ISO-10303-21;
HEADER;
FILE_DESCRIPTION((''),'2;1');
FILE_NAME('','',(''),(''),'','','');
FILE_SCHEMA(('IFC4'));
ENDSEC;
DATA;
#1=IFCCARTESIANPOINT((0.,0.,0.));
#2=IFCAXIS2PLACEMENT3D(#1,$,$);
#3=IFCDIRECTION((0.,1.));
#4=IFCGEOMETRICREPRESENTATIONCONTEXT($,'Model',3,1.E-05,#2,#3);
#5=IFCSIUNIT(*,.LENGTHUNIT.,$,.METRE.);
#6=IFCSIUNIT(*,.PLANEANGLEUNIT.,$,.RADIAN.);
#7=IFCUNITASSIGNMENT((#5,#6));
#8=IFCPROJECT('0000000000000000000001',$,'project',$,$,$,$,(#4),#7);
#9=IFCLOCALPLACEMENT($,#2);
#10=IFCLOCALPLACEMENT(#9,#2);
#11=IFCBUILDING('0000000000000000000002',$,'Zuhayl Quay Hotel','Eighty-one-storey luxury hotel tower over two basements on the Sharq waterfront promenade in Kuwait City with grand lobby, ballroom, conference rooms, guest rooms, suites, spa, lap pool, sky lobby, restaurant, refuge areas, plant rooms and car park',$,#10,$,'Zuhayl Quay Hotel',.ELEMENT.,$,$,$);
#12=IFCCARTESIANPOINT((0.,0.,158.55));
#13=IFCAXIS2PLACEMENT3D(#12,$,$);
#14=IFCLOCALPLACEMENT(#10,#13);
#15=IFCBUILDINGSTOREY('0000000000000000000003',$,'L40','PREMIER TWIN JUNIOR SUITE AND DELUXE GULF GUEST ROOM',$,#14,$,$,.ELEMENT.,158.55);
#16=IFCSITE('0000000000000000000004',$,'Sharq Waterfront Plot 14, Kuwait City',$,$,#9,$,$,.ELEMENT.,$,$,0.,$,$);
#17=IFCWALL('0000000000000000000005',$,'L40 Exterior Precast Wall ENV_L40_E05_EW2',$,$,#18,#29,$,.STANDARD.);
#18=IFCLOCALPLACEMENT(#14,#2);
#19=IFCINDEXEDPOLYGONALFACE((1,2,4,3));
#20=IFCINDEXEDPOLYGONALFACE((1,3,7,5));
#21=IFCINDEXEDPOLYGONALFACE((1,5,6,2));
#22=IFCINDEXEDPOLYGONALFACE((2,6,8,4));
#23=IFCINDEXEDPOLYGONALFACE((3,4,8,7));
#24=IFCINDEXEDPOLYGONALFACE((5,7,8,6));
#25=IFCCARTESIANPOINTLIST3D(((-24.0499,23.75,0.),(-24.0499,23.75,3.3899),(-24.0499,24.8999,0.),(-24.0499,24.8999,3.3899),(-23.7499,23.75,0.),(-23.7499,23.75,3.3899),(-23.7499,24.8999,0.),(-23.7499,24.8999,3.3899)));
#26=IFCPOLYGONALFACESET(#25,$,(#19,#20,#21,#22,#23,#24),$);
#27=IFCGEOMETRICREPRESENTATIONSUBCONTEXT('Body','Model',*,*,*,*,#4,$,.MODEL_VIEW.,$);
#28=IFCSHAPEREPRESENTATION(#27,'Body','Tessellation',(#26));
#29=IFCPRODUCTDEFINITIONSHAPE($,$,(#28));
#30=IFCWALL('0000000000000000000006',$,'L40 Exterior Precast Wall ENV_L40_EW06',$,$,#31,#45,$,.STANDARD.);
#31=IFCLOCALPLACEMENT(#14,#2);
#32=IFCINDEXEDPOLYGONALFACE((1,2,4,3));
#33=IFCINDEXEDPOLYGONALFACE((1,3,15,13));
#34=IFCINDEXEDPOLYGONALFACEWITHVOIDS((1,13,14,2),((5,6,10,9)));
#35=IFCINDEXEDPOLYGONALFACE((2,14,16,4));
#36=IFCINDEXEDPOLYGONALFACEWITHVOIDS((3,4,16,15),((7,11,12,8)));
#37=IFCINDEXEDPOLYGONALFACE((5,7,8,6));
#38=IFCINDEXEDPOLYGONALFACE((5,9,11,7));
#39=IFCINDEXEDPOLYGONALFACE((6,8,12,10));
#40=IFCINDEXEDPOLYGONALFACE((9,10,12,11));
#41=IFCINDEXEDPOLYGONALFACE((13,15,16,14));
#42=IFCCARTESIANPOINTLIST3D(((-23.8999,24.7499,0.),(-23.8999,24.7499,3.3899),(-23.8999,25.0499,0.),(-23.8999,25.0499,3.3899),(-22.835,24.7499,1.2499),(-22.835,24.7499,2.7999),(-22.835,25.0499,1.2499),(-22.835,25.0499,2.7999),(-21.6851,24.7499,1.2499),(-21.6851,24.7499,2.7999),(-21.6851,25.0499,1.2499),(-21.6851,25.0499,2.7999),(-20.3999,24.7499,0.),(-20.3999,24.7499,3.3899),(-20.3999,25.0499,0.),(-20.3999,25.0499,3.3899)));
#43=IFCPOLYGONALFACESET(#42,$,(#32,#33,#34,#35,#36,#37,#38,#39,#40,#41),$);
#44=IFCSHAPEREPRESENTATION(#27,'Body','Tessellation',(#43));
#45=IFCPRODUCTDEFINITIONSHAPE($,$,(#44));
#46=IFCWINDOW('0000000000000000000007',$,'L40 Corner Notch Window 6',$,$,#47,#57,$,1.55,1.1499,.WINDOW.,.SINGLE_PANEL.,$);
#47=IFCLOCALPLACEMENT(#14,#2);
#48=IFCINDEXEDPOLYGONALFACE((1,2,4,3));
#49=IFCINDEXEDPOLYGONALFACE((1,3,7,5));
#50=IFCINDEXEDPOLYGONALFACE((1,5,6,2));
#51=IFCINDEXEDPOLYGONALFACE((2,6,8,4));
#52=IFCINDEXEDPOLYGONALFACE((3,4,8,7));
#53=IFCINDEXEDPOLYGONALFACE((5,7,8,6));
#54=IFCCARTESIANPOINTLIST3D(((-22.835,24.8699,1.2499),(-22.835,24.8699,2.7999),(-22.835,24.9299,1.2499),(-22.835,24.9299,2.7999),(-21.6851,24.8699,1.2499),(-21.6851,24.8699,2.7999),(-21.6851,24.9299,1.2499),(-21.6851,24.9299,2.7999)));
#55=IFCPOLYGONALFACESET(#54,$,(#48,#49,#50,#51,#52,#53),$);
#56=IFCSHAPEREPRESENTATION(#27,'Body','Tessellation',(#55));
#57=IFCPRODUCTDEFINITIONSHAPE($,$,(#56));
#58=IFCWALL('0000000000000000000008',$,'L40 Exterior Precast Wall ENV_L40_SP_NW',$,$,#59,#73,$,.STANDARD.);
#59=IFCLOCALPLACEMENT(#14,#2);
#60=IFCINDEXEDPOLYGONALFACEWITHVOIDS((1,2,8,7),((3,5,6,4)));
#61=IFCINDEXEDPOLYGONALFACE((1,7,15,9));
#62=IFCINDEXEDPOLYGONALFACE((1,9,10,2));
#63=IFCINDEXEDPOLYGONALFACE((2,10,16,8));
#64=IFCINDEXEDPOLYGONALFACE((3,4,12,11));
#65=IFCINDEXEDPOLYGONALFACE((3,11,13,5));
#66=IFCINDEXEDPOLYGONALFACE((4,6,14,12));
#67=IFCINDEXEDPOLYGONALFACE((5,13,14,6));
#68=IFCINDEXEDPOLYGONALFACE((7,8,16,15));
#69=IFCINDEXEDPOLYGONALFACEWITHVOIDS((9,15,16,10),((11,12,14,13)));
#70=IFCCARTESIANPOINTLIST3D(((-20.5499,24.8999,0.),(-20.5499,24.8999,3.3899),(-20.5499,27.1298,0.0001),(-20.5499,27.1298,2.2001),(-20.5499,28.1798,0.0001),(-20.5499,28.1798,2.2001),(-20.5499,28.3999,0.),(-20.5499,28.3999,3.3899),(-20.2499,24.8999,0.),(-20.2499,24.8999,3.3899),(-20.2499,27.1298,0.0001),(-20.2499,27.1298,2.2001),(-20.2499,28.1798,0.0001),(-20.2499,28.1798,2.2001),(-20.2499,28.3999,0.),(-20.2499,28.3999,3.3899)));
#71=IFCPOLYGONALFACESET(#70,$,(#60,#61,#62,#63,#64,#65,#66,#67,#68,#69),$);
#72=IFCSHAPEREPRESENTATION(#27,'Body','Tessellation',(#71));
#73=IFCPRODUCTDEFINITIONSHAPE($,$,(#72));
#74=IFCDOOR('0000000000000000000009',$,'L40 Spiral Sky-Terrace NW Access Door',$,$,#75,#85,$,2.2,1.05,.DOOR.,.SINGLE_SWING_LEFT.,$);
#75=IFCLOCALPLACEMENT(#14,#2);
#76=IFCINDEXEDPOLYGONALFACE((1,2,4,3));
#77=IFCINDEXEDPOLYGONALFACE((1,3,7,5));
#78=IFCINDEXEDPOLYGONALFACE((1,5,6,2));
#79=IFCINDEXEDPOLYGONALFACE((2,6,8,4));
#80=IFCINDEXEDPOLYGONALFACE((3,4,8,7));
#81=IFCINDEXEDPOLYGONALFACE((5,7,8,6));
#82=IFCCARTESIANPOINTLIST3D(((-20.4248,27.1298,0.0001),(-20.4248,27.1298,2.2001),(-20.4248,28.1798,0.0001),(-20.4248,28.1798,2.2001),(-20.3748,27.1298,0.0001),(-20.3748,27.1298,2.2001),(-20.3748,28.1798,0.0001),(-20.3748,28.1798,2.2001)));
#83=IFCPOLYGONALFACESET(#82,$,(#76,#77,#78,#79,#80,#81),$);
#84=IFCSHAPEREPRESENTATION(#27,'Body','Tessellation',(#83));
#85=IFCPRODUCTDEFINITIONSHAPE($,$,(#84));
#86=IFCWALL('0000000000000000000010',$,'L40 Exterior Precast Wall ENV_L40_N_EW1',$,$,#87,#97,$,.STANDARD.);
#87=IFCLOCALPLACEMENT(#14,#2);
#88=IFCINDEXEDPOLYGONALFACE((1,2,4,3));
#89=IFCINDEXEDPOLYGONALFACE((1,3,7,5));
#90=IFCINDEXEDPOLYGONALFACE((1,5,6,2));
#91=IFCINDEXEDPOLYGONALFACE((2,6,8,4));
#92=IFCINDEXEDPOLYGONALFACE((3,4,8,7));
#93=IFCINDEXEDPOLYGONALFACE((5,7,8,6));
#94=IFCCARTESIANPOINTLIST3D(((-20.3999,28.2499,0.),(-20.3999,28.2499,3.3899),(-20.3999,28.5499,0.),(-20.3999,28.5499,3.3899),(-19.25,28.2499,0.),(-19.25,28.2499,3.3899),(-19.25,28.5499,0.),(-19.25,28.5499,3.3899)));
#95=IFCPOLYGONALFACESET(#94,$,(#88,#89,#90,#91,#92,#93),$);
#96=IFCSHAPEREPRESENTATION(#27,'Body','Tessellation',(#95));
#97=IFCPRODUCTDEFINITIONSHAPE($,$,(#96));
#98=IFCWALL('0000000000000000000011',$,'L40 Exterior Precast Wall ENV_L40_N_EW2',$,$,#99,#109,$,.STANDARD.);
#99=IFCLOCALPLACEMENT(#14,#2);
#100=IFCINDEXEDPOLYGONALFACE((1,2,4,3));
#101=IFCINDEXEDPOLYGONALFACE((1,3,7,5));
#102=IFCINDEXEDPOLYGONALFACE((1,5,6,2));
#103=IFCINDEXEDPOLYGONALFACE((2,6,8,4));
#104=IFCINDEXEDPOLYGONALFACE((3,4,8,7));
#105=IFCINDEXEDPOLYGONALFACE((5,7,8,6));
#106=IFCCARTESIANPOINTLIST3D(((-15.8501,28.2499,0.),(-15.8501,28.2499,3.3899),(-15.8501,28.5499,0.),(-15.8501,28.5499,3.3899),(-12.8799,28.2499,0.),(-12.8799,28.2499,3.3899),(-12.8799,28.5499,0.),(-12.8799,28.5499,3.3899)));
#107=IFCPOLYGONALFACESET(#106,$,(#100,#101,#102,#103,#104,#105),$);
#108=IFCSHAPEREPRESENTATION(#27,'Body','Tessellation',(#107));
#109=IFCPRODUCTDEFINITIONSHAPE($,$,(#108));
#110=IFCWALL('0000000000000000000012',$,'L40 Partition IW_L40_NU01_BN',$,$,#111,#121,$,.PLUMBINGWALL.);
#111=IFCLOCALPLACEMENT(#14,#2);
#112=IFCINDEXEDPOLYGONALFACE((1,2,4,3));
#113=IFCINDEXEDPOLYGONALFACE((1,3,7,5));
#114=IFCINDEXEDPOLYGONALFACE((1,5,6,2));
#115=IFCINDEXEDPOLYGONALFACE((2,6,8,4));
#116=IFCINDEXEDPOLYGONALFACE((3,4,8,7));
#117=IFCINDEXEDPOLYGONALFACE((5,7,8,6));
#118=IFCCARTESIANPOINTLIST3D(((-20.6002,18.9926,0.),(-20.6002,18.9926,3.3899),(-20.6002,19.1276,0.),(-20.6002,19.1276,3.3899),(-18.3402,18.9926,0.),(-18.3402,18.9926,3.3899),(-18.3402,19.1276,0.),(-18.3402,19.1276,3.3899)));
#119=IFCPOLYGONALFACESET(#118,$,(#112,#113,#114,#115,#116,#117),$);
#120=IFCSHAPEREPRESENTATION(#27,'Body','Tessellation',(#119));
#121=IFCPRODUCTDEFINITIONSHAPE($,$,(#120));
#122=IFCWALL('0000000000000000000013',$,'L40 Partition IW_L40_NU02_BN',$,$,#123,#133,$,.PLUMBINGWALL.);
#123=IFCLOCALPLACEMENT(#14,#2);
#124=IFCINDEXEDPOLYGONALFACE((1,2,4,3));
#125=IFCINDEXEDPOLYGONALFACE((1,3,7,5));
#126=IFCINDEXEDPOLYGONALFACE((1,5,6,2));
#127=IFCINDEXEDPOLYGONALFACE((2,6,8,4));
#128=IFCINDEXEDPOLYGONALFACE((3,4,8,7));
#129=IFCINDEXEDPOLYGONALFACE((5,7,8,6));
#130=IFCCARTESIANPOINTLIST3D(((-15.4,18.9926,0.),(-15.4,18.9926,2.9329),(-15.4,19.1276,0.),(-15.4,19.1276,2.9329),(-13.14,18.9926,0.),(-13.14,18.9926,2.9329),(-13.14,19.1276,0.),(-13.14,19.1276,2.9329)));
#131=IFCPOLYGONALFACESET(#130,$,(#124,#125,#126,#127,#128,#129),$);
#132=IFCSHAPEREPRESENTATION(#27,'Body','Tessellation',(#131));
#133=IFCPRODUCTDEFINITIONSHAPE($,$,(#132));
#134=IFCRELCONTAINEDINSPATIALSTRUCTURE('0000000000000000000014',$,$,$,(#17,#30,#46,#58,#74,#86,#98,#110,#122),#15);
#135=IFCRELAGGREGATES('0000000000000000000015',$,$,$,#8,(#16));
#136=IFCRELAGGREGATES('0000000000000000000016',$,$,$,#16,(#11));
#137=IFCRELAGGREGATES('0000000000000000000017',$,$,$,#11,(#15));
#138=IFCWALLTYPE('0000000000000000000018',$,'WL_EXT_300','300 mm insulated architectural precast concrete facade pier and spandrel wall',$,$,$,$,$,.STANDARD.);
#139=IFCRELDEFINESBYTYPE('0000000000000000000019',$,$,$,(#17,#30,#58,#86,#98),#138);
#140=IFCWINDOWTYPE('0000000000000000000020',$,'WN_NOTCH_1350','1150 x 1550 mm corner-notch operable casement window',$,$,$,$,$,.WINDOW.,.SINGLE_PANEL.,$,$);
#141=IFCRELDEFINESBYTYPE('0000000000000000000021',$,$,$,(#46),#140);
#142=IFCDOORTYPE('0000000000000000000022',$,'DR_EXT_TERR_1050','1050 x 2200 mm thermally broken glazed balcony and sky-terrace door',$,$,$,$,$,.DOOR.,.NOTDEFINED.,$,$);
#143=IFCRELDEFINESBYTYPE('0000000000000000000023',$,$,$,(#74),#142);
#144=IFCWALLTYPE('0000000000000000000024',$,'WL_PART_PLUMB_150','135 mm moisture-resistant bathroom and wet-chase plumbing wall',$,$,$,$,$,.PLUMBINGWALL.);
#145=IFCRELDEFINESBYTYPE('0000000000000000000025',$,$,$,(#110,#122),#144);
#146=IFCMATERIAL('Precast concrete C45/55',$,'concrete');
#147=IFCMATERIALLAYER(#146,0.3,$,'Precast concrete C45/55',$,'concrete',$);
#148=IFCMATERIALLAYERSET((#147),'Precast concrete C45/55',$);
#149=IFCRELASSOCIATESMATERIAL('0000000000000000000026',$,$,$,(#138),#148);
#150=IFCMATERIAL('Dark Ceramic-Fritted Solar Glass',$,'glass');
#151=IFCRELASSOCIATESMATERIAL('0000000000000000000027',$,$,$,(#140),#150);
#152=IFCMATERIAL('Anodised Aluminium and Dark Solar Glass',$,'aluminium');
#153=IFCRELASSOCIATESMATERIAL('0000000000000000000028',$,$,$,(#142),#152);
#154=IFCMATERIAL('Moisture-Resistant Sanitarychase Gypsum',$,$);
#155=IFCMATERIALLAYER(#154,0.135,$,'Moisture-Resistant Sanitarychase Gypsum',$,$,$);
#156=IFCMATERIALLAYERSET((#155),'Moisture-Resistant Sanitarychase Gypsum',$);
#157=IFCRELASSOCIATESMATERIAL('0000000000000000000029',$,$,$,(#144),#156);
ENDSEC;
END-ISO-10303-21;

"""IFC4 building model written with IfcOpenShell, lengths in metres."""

from ifc_helpers import new_model, si_unit, direction, frame, frame_2d, origin, place, context, subcontext, project, spatial, rectangle, extrude, material, layer, layer_set, type_object, element, fill, save


model = new_model("IFC4")

# Units and contexts
model_context = context("Model", 3, precision=1e-05, world=origin(), true_north=direction((0.0, 1.0)))
body_context = subcontext(model_context, "Body", "Model", "MODEL_VIEW")
ifc_project = project(units=[si_unit("LENGTHUNIT", "METRE"), si_unit("PLANEANGLEUNIT", "RADIAN")], contexts=[model_context])

# Site, building, storey
site_placement = place(None, origin())
site = spatial("IfcSite", under=ifc_project, at=site_placement, Name="Sharq Waterfront Plot 14, Kuwait City", CompositionType="ELEMENT", RefElevation=0.0)
building_placement = place(site_placement, origin())
building = spatial("IfcBuilding", under=site, at=building_placement, Name="Zuhayl Quay Hotel", Description="Eighty-one-storey luxury hotel tower over two basements on the Sharq waterfront promenade in Kuwait City with grand lobby, ballroom, conference rooms, guest rooms, suites, spa, lap pool, sky lobby, restaurant, refuge areas, plant rooms and car park", LongName="Zuhayl Quay Hotel", CompositionType="ELEMENT")
storey_placement = place(building_placement, frame((0.0, 0.0, 158.55)))
storey = spatial("IfcBuildingStorey", under=building, at=storey_placement, Name="L40", Description="PREMIER TWIN JUNIOR SUITE AND DELUXE GULF GUEST ROOM", CompositionType="ELEMENT", Elevation=158.55)

# Shared definitions
ifc_material_1 = material(Name="Dark Ceramic-Fritted Solar Glass", Category="glass")

# Wall
ifc_material_2 = material(Name="Precast concrete C45/55", Category="concrete")
ifc_layer_1 = layer(ifc_material_2, 0.3, Name="Precast concrete C45/55", Category="concrete")
ifc_layer_set_1 = layer_set([ifc_layer_1], Name="Precast concrete C45/55")
wall_type_1 = type_object("IfcWallType", Name="WL_EXT_300", Description="300 mm insulated architectural precast concrete facade pier and spandrel wall", PredefinedType="STANDARD", material=ifc_layer_set_1)
wall_1_placement = place(storey_placement, frame((-23.8999, 23.75, 0.0), z_axis=(0.0, 0.0, 1.0), x_axis=(0.0, 1.0, 0.0)))
element("IfcWall", 1, at=wall_1_placement, inside=storey, type_object=wall_type_1, Name="L40 Exterior Precast Wall ENV_L40_E05_EW2", PredefinedType="STANDARD", context=body_context, shape_type="SweptSolid", body=[
    extrude(rectangle(XDim=1.1499, YDim=0.3, at=frame_2d((0.575, 0.0))), origin(), (0.0, 0.0, 1.0), 3.3899),
])

# Wall, opening, window
wall_2_placement = place(storey_placement, frame((-23.8999, 24.8999, 0.0), z_axis=(0.0, 0.0, 1.0), x_axis=(1.0, 0.0, 0.0)))
wall_2 = element("IfcWall", 2, at=wall_2_placement, inside=storey, type_object=wall_type_1, Name="L40 Exterior Precast Wall ENV_L40_EW06", PredefinedType="STANDARD", context=body_context, shape_type="SweptSolid", body=[
    extrude(rectangle(XDim=3.5, YDim=0.3, at=frame_2d((1.75, 0.0))), origin(), (0.0, 0.0, 1.0), 3.3899),
])
opening_1_placement = place(wall_2_placement, frame((1.0649, 0.0, 1.25)))
opening_1 = element("IfcOpeningElement", 3, at=opening_1_placement, cuts=wall_2, PredefinedType="OPENING", context=body_context, shape_type="SweptSolid", body=[
    extrude(rectangle(XDim=1.1499, YDim=1.55, at=frame_2d((0.575, 0.7749))), frame((0.0, 0.1599, 0.0), z_axis=(0.0, -1.0, 0.0), x_axis=(1.0, 0.0, 0.0)), (0.0, 0.0, 1.0), 0.3201),
])
window_type = type_object("IfcWindowType", Name="WN_NOTCH_1350", Description="1150 x 1550 mm corner-notch operable casement window", PartitioningType="SINGLE_PANEL", PredefinedType="WINDOW", material=ifc_material_1)
window_placement = place(opening_1_placement, origin())
window = element("IfcWindow", 4, at=window_placement, inside=storey, type_object=window_type, Name="L40 Corner Notch Window 6", OverallHeight=1.55, OverallWidth=1.1499, PartitioningType="SINGLE_PANEL", PredefinedType="WINDOW", context=body_context, shape_type="SweptSolid", body=[
    extrude(rectangle(XDim=1.1499, YDim=1.55, at=frame_2d((0.575, 0.7749))), frame((0.0, 0.03, 0.0), z_axis=(0.0, -1.0, 0.0), x_axis=(1.0, 0.0, 0.0)), (0.0, 0.0, 1.0), 0.0601),
])
fill(opening_1, window)

# Wall, opening, door
wall_3_placement = place(storey_placement, frame((-20.3999, 24.8999, 0.0), z_axis=(0.0, 0.0, 1.0), x_axis=(0.0, 1.0, 0.0)))
wall_3 = element("IfcWall", 5, at=wall_3_placement, inside=storey, type_object=wall_type_1, Name="L40 Exterior Precast Wall ENV_L40_SP_NW", PredefinedType="STANDARD", context=body_context, shape_type="SweptSolid", body=[
    extrude(rectangle(XDim=3.5, YDim=0.3, at=frame_2d((1.75, 0.0))), origin(), (0.0, 0.0, 1.0), 3.3899),
])
opening_2_placement = place(wall_3_placement, frame((2.23, 0.0, 0.0)))
opening_2 = element("IfcOpeningElement", 6, at=opening_2_placement, cuts=wall_3, PredefinedType="OPENING", context=body_context, shape_type="SweptSolid", body=[
    extrude(rectangle(XDim=1.05, YDim=2.2, at=frame_2d((0.5249, 1.1001))), frame((0.0, 0.1599, 0.0), z_axis=(0.0, -1.0, 0.0), x_axis=(1.0, 0.0, 0.0)), (0.0, 0.0, 1.0), 0.3201),
])
ifc_material_3 = material(Name="Anodised Aluminium and Dark Solar Glass", Category="aluminium")
door_type = type_object("IfcDoorType", Name="DR_EXT_TERR_1050", Description="1050 x 2200 mm thermally broken glazed balcony and sky-terrace door", OperationType="NOTDEFINED", PredefinedType="DOOR", material=ifc_material_3)
door_placement = place(opening_2_placement, origin())
door = element("IfcDoor", 7, at=door_placement, inside=storey, type_object=door_type, Name="L40 Spiral Sky-Terrace NW Access Door", OperationType="SINGLE_SWING_LEFT", OverallHeight=2.2, OverallWidth=1.05, PredefinedType="DOOR", context=body_context, shape_type="SweptSolid", body=[
    extrude(rectangle(XDim=1.05, YDim=2.2, at=frame_2d((0.5249, 1.1001))), frame((0.0, 0.0249, 0.0), z_axis=(0.0, -1.0, 0.0), x_axis=(1.0, 0.0, 0.0)), (0.0, 0.0, 1.0), 0.05),
])
fill(opening_2, door)

# Walls
wall_4_placement = place(storey_placement, frame((-20.3999, 28.3999, 0.0), z_axis=(0.0, 0.0, 1.0), x_axis=(1.0, 0.0, 0.0)))
element("IfcWall", 8, at=wall_4_placement, inside=storey, type_object=wall_type_1, Name="L40 Exterior Precast Wall ENV_L40_N_EW1", PredefinedType="STANDARD", context=body_context, shape_type="SweptSolid", body=[
    extrude(rectangle(XDim=1.1499, YDim=0.3, at=frame_2d((0.575, 0.0))), origin(), (0.0, 0.0, 1.0), 3.3899),
])
wall_5_placement = place(storey_placement, frame((-15.8501, 28.3999, 0.0), z_axis=(0.0, 0.0, 1.0), x_axis=(1.0, 0.0, 0.0)))
element("IfcWall", 9, at=wall_5_placement, inside=storey, type_object=wall_type_1, Name="L40 Exterior Precast Wall ENV_L40_N_EW2", PredefinedType="STANDARD", context=body_context, shape_type="SweptSolid", body=[
    extrude(rectangle(XDim=2.9702, YDim=0.3, at=frame_2d((1.4851, 0.0))), origin(), (0.0, 0.0, 1.0), 3.3899),
])
ifc_material_4 = material(Name="Moisture-Resistant Sanitarychase Gypsum")
ifc_layer_2 = layer(ifc_material_4, 0.135, Name="Moisture-Resistant Sanitarychase Gypsum")
ifc_layer_set_2 = layer_set([ifc_layer_2], Name="Moisture-Resistant Sanitarychase Gypsum")
wall_type_2 = type_object("IfcWallType", Name="WL_PART_PLUMB_150", Description="135 mm moisture-resistant bathroom and wet-chase plumbing wall", PredefinedType="PLUMBINGWALL", material=ifc_layer_set_2)
wall_6_placement = place(storey_placement, frame((-20.6001, 19.0601, 0.0), z_axis=(0.0, 0.0, 1.0), x_axis=(1.0, 0.0, 0.0)))
element("IfcWall", 10, at=wall_6_placement, inside=storey, type_object=wall_type_2, Name="L40 Partition IW_L40_NU01_BN", PredefinedType="PLUMBINGWALL", context=body_context, shape_type="SweptSolid", body=[
    extrude(rectangle(XDim=2.26, YDim=0.135, at=frame_2d((1.1299, 0.0))), origin(), (0.0, 0.0, 1.0), 3.3899),
])
wall_7_placement = place(storey_placement, frame((-15.3999, 19.0601, 0.0), z_axis=(0.0, 0.0, 1.0), x_axis=(1.0, 0.0, 0.0)))
element("IfcWall", 11, at=wall_7_placement, inside=storey, type_object=wall_type_2, Name="L40 Partition IW_L40_NU02_BN", PredefinedType="PLUMBINGWALL", context=body_context, shape_type="SweptSolid", body=[
    extrude(rectangle(XDim=2.26, YDim=0.135, at=frame_2d((1.1299, 0.0))), origin(), (0.0, 0.0, 1.0), 2.9329),
])

save(model, "model.ifc")
